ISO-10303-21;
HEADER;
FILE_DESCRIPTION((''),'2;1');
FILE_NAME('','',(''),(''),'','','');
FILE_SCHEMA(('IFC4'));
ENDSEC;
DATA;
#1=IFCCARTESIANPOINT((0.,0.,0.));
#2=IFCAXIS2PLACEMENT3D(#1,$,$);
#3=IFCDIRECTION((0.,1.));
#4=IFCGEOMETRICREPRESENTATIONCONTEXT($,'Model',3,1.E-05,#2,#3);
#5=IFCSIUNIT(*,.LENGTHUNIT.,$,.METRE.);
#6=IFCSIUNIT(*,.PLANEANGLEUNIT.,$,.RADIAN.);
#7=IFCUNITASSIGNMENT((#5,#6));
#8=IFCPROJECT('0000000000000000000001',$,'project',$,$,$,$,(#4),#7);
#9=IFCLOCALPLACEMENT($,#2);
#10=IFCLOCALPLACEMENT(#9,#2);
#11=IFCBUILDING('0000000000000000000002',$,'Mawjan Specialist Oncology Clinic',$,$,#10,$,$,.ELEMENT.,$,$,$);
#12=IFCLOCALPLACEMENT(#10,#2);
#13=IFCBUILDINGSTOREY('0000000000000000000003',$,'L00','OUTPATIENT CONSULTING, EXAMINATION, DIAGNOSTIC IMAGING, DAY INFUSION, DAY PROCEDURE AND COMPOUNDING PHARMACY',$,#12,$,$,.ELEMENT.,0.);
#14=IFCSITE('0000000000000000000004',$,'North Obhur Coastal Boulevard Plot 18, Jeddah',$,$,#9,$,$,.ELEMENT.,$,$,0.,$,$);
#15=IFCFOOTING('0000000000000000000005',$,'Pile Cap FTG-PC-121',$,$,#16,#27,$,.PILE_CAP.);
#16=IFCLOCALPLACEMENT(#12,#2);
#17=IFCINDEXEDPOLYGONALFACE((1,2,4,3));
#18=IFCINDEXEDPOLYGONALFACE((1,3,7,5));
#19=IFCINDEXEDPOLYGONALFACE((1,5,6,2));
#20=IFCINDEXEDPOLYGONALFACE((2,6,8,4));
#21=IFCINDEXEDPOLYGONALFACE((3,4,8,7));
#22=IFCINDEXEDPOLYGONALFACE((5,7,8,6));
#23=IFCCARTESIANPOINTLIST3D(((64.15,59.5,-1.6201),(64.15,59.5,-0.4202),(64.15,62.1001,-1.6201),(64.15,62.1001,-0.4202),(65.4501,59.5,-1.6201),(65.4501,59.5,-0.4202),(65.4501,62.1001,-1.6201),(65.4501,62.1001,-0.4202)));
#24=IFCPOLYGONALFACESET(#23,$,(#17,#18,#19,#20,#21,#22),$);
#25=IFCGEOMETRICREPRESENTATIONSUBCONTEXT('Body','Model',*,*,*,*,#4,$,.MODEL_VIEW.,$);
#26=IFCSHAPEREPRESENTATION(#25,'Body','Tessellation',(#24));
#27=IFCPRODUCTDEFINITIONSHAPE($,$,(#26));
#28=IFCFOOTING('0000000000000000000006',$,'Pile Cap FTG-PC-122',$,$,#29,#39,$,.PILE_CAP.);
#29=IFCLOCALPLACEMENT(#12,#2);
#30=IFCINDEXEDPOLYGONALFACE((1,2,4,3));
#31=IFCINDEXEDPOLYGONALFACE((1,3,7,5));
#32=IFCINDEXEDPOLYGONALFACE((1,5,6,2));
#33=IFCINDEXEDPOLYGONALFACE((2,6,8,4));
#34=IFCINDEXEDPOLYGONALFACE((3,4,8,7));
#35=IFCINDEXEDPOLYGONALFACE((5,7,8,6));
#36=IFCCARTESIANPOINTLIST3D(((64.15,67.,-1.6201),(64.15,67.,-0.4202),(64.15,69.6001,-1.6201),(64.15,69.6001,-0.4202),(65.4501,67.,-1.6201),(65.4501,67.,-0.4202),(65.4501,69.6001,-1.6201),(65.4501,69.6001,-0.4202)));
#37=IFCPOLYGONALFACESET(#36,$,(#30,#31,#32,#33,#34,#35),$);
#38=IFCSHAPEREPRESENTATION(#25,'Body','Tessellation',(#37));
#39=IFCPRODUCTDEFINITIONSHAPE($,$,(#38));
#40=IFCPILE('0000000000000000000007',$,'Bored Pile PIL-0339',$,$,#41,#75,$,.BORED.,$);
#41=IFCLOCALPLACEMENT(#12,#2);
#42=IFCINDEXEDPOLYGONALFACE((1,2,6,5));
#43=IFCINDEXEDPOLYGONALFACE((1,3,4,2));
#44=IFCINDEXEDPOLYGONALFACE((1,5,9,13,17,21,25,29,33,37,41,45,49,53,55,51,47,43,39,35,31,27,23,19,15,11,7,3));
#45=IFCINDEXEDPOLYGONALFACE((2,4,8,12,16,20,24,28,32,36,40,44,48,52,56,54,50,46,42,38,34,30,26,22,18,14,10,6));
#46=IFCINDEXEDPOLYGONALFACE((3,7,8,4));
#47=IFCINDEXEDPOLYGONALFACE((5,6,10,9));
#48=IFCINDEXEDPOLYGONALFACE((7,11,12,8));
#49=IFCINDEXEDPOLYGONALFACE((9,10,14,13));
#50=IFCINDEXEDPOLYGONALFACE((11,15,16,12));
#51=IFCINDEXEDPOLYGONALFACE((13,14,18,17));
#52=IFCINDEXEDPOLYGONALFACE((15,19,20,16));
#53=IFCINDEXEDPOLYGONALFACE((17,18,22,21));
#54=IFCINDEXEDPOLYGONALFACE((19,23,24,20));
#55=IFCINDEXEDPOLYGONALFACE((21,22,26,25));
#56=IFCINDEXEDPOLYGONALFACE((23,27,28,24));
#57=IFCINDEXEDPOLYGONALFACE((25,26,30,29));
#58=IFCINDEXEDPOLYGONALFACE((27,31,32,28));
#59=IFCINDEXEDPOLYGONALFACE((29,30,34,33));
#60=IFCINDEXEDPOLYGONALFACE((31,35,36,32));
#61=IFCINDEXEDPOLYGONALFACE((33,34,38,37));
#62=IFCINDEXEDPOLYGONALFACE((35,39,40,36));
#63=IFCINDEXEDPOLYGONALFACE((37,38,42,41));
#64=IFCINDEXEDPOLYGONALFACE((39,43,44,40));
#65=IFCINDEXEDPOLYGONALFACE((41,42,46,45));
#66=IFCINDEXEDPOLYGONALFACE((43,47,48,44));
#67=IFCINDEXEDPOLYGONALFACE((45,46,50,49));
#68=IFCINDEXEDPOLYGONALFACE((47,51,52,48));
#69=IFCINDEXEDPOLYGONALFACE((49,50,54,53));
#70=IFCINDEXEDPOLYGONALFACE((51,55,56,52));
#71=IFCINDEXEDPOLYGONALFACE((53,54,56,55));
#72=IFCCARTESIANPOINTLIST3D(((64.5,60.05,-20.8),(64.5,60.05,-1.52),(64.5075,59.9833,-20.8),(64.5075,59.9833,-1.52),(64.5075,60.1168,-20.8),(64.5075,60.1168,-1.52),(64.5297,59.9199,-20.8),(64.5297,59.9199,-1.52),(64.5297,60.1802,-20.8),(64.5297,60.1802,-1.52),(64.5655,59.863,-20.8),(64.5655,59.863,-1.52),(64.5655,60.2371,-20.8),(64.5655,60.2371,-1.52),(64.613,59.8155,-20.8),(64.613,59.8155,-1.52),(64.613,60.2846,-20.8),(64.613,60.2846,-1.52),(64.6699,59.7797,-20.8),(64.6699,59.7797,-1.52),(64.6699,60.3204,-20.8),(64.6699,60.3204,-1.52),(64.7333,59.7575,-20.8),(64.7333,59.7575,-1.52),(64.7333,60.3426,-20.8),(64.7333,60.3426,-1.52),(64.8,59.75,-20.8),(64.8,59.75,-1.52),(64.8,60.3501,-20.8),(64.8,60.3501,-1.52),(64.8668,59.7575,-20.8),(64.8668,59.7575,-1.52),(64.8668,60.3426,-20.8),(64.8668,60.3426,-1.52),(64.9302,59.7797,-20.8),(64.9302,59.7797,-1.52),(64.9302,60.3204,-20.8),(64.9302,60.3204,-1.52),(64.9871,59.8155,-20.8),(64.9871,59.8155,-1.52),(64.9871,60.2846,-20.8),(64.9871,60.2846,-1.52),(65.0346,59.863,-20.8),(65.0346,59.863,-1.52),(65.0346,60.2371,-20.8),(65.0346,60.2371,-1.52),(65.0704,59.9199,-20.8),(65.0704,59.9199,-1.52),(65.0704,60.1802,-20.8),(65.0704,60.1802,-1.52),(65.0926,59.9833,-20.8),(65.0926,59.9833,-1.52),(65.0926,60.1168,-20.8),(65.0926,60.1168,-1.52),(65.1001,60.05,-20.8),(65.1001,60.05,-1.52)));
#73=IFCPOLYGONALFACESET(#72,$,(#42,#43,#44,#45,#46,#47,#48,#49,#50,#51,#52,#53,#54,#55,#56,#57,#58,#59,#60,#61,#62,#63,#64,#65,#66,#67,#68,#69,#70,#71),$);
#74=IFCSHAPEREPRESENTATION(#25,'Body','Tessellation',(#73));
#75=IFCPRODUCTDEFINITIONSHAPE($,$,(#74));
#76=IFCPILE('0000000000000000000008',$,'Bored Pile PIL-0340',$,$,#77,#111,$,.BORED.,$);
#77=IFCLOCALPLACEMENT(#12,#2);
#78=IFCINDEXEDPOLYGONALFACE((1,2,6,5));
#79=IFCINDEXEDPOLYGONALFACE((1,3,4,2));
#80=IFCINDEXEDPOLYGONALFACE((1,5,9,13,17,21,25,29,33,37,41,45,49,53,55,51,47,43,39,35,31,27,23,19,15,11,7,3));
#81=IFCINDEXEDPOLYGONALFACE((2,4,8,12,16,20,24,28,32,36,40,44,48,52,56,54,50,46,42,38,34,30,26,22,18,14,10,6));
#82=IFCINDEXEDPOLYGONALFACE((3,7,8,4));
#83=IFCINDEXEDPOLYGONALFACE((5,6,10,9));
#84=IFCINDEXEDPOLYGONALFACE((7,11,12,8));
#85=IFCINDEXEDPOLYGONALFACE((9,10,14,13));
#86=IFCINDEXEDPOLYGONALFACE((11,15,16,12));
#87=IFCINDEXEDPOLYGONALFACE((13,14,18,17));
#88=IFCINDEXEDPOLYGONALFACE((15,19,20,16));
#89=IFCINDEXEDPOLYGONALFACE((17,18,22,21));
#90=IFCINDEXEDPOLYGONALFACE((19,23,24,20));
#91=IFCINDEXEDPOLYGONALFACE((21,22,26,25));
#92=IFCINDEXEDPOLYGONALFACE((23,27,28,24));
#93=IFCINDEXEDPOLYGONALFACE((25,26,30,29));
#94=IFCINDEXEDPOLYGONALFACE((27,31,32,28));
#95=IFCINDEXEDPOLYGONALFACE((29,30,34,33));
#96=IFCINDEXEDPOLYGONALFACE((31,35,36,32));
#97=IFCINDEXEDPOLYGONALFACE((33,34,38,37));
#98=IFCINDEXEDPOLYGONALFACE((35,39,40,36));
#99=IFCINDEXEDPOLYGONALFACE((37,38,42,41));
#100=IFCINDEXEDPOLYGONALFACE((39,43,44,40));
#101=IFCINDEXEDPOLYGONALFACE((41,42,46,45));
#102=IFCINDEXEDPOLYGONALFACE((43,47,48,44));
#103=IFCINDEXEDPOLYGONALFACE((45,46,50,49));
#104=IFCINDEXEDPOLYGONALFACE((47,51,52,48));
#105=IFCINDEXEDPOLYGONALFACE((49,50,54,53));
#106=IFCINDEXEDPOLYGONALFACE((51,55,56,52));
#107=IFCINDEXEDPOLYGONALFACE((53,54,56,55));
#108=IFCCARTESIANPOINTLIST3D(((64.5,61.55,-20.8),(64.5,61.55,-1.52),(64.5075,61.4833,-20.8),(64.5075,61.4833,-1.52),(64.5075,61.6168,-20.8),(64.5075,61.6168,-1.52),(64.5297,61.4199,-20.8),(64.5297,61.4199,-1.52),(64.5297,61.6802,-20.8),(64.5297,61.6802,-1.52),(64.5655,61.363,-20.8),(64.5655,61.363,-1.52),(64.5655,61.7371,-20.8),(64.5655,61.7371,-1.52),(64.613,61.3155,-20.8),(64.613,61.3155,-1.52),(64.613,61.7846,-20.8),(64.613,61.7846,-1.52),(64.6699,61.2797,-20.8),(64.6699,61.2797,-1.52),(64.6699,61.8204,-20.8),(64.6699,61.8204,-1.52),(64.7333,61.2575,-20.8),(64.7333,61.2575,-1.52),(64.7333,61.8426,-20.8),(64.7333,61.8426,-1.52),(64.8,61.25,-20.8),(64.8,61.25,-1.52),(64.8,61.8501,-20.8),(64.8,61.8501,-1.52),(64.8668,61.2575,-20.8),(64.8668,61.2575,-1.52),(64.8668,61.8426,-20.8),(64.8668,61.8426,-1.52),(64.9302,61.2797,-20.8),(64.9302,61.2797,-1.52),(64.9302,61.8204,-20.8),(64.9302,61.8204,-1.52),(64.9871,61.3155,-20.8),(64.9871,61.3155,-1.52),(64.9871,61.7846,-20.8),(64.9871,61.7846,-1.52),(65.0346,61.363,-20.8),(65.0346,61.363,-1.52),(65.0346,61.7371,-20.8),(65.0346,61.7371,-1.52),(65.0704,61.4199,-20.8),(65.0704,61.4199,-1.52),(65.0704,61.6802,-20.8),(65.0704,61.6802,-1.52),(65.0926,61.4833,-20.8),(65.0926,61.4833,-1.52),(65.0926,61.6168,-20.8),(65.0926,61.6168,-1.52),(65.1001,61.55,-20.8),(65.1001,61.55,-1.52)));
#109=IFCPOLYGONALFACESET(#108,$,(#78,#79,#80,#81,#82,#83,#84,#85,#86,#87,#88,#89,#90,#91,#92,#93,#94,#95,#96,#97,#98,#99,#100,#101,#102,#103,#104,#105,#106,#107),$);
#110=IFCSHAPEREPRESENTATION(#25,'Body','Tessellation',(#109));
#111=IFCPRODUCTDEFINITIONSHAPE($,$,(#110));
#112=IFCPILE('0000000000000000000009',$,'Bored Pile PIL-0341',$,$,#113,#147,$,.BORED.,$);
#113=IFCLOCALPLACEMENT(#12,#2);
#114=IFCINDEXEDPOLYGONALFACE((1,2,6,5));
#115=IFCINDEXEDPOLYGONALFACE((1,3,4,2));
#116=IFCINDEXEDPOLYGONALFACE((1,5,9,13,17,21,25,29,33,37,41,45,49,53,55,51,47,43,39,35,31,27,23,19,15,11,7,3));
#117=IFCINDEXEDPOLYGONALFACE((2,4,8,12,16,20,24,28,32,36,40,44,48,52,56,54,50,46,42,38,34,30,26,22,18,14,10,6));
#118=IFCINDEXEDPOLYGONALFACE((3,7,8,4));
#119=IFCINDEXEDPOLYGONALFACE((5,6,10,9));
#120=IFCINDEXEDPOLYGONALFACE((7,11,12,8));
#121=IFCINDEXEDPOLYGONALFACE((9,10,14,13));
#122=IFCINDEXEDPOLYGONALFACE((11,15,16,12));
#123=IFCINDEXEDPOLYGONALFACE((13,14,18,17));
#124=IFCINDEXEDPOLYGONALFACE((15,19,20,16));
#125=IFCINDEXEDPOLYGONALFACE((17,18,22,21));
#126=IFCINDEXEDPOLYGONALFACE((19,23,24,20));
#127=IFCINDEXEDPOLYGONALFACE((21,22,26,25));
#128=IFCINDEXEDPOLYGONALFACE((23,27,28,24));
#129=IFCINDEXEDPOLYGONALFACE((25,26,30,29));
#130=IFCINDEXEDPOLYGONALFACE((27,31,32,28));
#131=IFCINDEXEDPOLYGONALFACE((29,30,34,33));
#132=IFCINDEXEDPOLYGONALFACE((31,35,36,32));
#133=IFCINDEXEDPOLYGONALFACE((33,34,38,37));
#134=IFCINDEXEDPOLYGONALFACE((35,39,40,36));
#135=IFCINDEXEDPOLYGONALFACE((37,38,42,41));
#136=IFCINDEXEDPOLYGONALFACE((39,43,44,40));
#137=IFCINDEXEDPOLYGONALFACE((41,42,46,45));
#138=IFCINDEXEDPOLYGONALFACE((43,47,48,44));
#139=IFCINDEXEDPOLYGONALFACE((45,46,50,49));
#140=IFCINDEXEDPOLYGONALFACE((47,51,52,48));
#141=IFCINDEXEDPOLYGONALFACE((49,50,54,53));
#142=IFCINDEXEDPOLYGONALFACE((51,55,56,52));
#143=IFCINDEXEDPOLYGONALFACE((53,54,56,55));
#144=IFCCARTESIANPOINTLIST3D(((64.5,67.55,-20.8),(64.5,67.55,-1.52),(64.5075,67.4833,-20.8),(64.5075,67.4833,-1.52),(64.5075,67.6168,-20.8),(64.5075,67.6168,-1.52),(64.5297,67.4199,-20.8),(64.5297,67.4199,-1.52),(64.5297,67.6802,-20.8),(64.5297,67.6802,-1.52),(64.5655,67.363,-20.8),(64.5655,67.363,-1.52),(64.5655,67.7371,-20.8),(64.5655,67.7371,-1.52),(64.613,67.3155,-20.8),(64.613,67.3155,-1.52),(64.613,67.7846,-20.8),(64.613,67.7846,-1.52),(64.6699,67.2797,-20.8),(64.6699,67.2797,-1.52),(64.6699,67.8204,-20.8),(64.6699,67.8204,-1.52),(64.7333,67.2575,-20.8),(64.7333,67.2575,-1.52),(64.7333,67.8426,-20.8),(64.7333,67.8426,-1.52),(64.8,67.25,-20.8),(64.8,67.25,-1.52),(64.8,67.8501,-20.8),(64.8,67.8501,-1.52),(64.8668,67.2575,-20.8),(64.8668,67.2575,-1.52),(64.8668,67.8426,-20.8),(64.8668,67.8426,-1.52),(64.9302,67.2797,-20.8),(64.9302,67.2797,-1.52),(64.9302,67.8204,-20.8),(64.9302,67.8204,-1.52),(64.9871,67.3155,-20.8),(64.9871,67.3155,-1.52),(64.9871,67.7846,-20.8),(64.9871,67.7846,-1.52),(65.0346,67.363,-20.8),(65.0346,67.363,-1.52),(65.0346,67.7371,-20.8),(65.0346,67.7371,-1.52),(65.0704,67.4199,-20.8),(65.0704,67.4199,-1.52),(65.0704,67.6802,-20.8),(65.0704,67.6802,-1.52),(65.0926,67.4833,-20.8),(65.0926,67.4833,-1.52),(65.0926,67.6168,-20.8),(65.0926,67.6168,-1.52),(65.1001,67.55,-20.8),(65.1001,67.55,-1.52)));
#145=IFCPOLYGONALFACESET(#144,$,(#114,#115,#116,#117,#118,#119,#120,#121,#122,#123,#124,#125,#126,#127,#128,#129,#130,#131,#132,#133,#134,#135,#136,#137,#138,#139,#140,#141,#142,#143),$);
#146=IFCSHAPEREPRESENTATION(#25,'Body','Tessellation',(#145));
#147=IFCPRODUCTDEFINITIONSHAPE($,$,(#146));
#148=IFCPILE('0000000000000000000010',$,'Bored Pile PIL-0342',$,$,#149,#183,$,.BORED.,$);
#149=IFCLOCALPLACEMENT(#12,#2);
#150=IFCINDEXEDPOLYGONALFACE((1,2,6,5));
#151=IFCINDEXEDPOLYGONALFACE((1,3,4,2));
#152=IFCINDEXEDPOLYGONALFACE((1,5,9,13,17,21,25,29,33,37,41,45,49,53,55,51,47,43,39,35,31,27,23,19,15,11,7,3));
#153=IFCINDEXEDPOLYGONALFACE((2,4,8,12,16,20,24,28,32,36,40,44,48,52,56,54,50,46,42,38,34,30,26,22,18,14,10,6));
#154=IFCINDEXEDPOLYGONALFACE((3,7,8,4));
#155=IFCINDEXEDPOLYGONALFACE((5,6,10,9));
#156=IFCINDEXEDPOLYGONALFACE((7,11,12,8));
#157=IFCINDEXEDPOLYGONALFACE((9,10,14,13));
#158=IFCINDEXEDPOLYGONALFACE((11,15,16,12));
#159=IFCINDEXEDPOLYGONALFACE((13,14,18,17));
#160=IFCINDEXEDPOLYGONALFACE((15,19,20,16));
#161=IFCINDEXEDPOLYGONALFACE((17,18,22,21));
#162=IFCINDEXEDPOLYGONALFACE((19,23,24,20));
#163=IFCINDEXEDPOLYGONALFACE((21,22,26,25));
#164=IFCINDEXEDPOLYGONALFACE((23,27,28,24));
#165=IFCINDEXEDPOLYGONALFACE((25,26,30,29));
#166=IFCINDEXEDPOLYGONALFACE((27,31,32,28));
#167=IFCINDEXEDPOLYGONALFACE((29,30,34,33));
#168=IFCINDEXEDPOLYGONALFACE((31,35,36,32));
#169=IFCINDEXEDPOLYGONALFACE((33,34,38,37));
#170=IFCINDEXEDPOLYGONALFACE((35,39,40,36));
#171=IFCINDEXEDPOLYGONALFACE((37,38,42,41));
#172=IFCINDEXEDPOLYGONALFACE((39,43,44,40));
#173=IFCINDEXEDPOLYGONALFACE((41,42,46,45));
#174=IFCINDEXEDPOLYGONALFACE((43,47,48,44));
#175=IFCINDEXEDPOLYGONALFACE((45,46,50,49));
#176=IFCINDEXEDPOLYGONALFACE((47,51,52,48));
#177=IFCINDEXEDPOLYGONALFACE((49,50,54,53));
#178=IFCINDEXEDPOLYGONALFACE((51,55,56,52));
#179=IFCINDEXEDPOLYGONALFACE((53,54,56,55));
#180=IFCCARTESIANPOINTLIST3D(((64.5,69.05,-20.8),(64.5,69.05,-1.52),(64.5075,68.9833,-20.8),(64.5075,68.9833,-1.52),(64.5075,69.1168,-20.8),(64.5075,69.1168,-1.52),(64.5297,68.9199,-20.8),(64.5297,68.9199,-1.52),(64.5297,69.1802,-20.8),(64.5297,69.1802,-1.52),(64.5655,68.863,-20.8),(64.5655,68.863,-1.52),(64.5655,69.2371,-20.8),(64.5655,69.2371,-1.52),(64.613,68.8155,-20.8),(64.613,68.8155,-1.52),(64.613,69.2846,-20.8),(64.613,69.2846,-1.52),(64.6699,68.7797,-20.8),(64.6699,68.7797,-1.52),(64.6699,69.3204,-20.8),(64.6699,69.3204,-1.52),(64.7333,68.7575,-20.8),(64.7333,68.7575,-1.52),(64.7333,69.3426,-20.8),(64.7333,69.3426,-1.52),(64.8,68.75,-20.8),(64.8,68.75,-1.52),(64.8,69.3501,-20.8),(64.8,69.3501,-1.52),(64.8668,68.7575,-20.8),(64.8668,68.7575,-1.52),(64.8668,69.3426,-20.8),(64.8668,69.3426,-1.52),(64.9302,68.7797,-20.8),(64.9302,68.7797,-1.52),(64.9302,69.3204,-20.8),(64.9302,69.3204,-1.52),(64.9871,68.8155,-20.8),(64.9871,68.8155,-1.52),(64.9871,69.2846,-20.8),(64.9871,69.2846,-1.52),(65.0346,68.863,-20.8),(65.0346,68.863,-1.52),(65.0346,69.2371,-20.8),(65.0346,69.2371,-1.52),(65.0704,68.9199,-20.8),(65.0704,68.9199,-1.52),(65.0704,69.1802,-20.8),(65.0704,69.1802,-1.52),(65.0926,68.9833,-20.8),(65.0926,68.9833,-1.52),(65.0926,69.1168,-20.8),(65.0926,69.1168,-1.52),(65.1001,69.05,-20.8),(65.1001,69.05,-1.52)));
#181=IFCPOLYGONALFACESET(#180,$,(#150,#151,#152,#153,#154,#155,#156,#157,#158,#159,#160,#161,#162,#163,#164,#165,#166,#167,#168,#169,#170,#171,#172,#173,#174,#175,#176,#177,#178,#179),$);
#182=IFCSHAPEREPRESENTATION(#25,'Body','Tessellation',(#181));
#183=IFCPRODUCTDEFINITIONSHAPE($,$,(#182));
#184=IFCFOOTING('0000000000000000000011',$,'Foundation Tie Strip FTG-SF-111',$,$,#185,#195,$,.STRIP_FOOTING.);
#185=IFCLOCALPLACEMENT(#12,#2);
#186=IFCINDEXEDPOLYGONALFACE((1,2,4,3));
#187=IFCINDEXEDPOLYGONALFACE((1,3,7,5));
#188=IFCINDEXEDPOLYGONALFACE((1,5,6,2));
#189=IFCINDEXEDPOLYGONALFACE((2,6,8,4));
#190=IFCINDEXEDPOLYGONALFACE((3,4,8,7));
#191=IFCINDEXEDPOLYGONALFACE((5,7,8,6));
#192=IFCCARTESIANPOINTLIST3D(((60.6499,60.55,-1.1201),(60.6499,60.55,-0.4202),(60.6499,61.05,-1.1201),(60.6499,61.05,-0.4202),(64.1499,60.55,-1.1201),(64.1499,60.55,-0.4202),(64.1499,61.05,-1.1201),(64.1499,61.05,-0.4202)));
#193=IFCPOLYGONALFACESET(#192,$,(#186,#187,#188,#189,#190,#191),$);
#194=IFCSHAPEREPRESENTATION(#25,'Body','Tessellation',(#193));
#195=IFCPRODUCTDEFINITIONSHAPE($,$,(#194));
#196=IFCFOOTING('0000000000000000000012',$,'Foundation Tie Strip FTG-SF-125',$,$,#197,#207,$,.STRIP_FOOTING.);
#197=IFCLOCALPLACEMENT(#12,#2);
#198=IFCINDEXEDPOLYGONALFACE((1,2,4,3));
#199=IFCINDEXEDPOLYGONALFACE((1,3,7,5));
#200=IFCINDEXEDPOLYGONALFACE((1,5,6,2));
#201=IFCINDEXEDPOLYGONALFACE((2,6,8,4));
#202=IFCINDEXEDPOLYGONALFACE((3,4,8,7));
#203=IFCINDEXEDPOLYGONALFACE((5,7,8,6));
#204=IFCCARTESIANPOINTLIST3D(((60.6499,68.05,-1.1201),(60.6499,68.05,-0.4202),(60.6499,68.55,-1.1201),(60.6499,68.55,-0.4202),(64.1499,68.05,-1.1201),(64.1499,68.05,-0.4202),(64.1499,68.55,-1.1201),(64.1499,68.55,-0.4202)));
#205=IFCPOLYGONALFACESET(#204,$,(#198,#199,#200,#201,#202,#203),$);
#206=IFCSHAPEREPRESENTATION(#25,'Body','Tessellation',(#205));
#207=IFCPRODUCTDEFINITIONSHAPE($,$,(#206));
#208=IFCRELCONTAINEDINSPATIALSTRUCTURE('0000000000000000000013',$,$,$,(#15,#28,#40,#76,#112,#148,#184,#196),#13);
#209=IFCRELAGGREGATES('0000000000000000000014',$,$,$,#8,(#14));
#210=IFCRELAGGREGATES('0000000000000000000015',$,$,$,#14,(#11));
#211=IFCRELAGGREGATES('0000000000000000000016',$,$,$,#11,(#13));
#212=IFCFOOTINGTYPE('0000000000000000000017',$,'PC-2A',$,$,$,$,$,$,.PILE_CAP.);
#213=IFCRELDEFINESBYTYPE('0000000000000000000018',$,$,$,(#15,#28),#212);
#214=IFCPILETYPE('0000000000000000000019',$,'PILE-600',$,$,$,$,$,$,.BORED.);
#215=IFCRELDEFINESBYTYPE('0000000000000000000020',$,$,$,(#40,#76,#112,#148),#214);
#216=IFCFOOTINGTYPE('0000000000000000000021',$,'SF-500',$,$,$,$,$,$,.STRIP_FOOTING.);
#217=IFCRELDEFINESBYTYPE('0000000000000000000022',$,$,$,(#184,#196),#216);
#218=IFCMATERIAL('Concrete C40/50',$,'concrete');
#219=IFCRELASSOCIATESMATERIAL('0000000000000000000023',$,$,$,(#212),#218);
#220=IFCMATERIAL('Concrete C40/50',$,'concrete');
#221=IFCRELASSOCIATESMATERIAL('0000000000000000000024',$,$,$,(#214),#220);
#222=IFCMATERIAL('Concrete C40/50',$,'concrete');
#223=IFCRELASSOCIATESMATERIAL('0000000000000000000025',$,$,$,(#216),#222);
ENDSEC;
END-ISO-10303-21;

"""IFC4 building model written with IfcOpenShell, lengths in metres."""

from ifc_helpers import new_model, si_unit, direction, frame, origin, origin_2d, place, context, subcontext, project, spatial, rectangle, circle, extrude, material, material_profile, profile_set, type_object, element, save


model = new_model("IFC4")

# Units and contexts
model_context = context("Model", 3, precision=1e-05, world=origin(), true_north=direction((0.0, 1.0)))
body_context = subcontext(model_context, "Body", "Model", "MODEL_VIEW")
ifc_project = project(units=[si_unit("LENGTHUNIT", "METRE"), si_unit("PLANEANGLEUNIT", "RADIAN")], contexts=[model_context])

# Site, building, storey
site_placement = place(None, origin())
site = spatial("IfcSite", under=ifc_project, at=site_placement, Name="North Obhur Coastal Boulevard Plot 18, Jeddah", CompositionType="ELEMENT", RefElevation=0.0)
building_placement = place(site_placement, origin())
building = spatial("IfcBuilding", under=site, at=building_placement, Name="Mawjan Specialist Oncology Clinic", CompositionType="ELEMENT")
storey_placement = place(building_placement, origin())
storey = spatial("IfcBuildingStorey", under=building, at=storey_placement, Name="L00", Description="OUTPATIENT CONSULTING, EXAMINATION, DIAGNOSTIC IMAGING, DAY INFUSION, DAY PROCEDURE AND COMPOUNDING PHARMACY", CompositionType="ELEMENT", Elevation=0.0)

# Footings
ifc_material_1 = material(Name="Concrete C40/50", Category="concrete")
footing_type_1 = type_object("IfcFootingType", Name="PC-2A", PredefinedType="PILE_CAP", material=ifc_material_1)
for number, where, z_axis, x_axis, name in (
    (1, (64.8, 60.8, -1.6201), (0.0, 0.0, 1.0), (0.0, 1.0, 0.0), "Pile Cap FTG-PC-121"),
    (2, (64.8, 68.3, -1.6201), (0.0, 0.0, 1.0), (0.0, 1.0, 0.0), "Pile Cap FTG-PC-122"),
):
    element("IfcFooting", number, at=place(storey_placement, frame(where, z_axis=z_axis, x_axis=x_axis)), inside=storey, type_object=footing_type_1, Name=name, PredefinedType="PILE_CAP", context=body_context, shape_type="SweptSolid", body=[
        extrude(rectangle(XDim=2.6001, YDim=1.3, at=origin_2d()), origin(), (0.0, 0.0, 1.0), 1.2),
    ])

# Piles
ifc_material_2 = material(Name="Concrete C40/50", Category="concrete")
ifc_material_profile_1 = material_profile(ifc_material_2, circle(Radius=0.3, at=origin_2d()), Name="BORED PILE D600", Category="concrete")
ifc_profile_set_1 = profile_set([ifc_material_profile_1], Name="Concrete C40/50")
pile_type = type_object("IfcPileType", Name="PILE-600", PredefinedType="BORED", material=ifc_profile_set_1)
for number, where, z_axis, x_axis, name in (
    (3, (64.8, 60.05, -1.52), (0.0, 0.0, -1.0), (1.0, 0.0, 0.0), "Bored Pile PIL-0339"),
    (4, (64.8, 61.55, -1.52), (0.0, 0.0, -1.0), (1.0, 0.0, 0.0), "Bored Pile PIL-0340"),
    (5, (64.8, 67.55, -1.52), (0.0, 0.0, -1.0), (1.0, 0.0, 0.0), "Bored Pile PIL-0341"),
    (6, (64.8, 69.05, -1.52), (0.0, 0.0, -1.0), (1.0, 0.0, 0.0), "Bored Pile PIL-0342"),
):
    element("IfcPile", number, at=place(storey_placement, frame(where, z_axis=z_axis, x_axis=x_axis)), inside=storey, type_object=pile_type, Name=name, PredefinedType="BORED", context=body_context, shape_type="SweptSolid", body=[
        extrude(circle(Radius=0.3, at=origin_2d()), origin(), (0.0, 0.0, 1.0), 19.28),
    ])

# Footings
ifc_material_3 = material(Name="Concrete C40/50", Category="concrete")
footing_type_2 = type_object("IfcFootingType", Name="SF-500", PredefinedType="STRIP_FOOTING", material=ifc_material_3)
for number, where, z_axis, x_axis, name in (
    (7, (62.3999, 60.8, -1.1201), (0.0, 0.0, 1.0), (1.0, 0.0, 0.0), "Foundation Tie Strip FTG-SF-111"),
    (8, (62.3999, 68.3, -1.1201), (0.0, 0.0, 1.0), (1.0, 0.0, 0.0), "Foundation Tie Strip FTG-SF-125"),
):
    element("IfcFooting", number, at=place(storey_placement, frame(where, z_axis=z_axis, x_axis=x_axis)), inside=storey, type_object=footing_type_2, Name=name, PredefinedType="STRIP_FOOTING", context=body_context, shape_type="SweptSolid", body=[
        extrude(rectangle(XDim=3.5, YDim=0.5, at=origin_2d()), origin(), (0.0, 0.0, 1.0), 0.7),
    ])

save(model, "model.ifc")
